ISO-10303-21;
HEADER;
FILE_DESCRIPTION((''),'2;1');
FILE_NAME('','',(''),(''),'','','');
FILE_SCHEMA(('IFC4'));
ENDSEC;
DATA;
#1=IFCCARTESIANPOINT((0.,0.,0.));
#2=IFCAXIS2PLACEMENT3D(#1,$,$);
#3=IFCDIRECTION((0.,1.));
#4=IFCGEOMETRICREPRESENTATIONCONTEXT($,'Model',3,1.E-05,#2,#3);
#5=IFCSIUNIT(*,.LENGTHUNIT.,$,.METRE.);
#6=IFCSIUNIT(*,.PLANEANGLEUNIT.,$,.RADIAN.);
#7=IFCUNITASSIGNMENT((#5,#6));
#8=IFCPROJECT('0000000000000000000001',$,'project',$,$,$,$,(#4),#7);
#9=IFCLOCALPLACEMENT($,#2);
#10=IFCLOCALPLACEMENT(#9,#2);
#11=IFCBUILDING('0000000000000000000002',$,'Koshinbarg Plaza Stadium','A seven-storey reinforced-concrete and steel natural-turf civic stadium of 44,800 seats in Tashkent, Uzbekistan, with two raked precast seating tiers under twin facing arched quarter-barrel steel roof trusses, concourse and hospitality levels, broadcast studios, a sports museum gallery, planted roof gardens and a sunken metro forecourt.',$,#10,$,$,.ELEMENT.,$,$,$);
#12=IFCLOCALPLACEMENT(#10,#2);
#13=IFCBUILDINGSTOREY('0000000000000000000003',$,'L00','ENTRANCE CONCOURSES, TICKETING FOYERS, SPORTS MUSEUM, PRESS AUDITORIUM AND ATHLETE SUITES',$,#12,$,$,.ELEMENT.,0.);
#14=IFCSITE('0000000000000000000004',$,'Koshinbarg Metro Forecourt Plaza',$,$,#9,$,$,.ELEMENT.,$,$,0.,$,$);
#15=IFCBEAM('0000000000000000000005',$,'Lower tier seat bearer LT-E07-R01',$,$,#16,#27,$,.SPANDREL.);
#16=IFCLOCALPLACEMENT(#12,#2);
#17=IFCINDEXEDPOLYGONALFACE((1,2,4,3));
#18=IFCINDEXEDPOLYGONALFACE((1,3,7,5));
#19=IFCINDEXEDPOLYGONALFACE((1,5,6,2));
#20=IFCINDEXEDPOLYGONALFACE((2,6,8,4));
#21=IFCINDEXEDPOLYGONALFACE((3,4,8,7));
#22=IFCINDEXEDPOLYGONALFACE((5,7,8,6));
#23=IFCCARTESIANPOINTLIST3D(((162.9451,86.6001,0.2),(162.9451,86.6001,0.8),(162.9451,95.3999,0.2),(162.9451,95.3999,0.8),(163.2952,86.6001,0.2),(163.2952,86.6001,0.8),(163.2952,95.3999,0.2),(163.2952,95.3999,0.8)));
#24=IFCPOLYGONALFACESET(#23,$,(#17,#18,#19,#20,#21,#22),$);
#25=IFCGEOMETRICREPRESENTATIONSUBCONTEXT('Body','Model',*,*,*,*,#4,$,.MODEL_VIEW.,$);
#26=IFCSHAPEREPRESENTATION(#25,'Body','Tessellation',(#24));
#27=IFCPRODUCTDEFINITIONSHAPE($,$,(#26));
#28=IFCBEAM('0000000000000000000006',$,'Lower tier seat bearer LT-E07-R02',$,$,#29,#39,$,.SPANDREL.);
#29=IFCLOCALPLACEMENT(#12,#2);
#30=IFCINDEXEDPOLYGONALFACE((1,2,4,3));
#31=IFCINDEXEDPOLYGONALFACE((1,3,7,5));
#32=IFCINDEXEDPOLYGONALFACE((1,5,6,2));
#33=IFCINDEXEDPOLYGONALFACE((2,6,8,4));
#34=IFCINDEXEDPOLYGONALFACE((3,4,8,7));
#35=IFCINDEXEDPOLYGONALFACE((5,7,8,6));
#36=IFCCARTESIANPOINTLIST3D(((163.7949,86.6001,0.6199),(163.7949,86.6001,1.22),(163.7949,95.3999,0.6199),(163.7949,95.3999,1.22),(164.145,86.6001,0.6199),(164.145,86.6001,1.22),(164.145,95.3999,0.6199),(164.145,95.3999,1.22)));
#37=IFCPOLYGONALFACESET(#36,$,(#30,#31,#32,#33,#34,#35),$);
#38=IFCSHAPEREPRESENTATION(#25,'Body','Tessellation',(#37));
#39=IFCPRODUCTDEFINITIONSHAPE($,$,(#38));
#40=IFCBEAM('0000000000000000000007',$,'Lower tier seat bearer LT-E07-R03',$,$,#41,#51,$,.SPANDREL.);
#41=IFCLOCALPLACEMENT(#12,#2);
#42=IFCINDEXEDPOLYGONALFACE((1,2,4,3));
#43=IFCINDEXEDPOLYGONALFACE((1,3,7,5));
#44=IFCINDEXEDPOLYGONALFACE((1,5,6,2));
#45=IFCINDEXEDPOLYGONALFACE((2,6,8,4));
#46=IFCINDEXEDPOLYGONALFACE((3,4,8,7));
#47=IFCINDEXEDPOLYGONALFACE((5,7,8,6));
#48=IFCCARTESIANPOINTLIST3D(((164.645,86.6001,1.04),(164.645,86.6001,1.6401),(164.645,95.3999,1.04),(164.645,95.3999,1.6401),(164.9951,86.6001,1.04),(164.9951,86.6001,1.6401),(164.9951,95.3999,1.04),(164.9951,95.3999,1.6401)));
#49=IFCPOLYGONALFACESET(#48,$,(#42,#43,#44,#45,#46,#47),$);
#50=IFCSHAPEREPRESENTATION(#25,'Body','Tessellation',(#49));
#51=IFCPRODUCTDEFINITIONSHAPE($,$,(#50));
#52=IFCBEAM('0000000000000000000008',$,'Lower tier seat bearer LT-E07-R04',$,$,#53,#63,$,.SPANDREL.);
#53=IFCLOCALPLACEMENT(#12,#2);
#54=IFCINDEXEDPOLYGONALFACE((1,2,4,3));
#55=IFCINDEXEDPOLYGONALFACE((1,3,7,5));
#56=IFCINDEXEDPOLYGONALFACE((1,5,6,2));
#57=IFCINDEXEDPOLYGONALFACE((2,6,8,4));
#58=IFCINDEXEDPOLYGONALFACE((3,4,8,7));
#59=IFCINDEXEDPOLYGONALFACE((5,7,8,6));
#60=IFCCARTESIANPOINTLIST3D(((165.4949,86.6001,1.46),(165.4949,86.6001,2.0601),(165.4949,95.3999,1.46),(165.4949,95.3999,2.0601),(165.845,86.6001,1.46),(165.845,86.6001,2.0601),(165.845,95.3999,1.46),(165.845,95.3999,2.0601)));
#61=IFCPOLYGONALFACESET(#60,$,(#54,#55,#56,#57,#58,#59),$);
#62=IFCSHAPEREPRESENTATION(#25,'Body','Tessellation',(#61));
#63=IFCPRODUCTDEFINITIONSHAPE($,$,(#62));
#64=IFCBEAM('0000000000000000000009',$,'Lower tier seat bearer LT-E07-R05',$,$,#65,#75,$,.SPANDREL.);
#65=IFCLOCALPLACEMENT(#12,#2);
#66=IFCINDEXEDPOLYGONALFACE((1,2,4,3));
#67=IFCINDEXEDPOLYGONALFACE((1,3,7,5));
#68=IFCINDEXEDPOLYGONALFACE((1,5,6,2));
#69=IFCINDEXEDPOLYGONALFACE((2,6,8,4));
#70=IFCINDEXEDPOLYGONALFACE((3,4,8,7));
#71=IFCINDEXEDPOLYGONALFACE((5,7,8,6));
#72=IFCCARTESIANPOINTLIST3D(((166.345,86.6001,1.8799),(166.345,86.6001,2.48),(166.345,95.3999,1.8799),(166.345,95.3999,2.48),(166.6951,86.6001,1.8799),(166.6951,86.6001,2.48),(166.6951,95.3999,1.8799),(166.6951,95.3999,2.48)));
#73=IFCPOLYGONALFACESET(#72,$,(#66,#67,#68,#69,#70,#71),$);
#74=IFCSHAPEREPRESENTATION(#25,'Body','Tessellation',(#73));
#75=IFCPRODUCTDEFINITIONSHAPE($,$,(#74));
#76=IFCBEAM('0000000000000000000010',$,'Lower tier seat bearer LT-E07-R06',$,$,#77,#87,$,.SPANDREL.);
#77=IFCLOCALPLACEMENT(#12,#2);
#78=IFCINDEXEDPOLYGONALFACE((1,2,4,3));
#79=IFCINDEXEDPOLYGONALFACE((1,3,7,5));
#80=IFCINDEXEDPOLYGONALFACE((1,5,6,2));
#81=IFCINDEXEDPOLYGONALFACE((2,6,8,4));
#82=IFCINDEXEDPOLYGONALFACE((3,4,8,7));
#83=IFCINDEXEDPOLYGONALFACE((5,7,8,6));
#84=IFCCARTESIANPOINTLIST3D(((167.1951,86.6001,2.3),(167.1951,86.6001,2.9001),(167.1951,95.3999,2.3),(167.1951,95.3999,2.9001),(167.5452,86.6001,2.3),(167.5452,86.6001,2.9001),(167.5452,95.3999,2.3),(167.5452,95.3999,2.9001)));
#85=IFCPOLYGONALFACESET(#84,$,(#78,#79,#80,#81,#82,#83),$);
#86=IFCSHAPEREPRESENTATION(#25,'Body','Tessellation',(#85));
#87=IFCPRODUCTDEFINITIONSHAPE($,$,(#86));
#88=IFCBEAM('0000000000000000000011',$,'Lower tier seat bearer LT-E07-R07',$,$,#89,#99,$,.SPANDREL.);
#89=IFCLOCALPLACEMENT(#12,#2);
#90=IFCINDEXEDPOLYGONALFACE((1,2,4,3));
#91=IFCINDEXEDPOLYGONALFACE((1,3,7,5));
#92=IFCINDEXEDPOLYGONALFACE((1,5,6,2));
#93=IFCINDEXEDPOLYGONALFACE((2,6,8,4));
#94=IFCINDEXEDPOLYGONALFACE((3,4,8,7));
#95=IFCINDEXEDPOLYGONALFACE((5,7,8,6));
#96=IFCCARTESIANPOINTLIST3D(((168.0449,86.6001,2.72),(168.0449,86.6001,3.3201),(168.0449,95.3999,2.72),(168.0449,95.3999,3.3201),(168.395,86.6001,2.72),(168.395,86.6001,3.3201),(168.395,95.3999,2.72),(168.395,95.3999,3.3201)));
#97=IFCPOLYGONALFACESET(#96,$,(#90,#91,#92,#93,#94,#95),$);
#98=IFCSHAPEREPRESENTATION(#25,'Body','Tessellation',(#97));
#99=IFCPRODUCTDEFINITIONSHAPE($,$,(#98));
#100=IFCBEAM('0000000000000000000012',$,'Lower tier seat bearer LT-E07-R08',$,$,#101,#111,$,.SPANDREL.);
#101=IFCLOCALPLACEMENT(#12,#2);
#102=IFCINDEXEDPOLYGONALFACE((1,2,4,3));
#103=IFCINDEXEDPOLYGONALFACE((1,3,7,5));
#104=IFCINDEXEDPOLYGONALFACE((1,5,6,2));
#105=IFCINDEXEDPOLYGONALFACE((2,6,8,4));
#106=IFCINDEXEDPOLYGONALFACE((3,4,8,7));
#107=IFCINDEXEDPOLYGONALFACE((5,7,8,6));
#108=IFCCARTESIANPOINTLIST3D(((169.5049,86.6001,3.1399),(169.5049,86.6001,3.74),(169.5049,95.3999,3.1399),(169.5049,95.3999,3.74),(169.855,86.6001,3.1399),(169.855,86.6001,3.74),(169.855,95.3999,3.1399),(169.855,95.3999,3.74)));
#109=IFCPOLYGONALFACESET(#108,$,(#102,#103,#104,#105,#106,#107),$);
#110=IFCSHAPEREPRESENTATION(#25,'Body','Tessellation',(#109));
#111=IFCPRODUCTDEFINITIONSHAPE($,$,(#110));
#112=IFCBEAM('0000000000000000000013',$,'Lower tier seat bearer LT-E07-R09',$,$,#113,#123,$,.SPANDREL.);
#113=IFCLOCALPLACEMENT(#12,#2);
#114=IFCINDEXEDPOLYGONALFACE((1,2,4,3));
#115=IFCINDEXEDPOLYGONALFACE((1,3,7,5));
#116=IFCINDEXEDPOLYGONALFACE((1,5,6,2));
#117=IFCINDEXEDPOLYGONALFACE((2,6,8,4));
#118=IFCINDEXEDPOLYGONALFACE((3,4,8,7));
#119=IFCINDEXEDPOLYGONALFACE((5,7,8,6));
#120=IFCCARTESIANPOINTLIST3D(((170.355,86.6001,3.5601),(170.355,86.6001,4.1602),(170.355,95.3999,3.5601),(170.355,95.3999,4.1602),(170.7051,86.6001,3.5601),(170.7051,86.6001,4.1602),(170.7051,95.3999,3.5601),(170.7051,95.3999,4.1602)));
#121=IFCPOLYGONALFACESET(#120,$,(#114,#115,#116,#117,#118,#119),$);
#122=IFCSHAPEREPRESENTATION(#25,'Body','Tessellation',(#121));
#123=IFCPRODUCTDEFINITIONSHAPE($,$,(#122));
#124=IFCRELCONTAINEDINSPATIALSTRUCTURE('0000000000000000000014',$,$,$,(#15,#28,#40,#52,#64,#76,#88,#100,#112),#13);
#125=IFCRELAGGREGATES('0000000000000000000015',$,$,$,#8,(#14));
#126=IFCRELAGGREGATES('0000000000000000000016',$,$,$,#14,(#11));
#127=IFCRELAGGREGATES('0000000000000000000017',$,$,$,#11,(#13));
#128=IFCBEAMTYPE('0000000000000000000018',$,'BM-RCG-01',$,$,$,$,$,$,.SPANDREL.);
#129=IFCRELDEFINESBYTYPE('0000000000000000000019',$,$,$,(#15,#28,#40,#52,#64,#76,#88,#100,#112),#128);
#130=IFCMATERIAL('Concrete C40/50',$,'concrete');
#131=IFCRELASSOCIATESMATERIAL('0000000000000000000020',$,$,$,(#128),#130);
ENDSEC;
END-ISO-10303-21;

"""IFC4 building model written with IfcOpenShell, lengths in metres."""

from ifc_helpers import new_model, si_unit, direction, frame, origin, origin_2d, place, context, subcontext, project, spatial, rectangle, extrude, material, material_profile, profile_set, type_object, element, save


model = new_model("IFC4")

# Units and contexts
model_context = context("Model", 3, precision=1e-05, world=origin(), true_north=direction((0.0, 1.0)))
body_context = subcontext(model_context, "Body", "Model", "MODEL_VIEW")
ifc_project = project(units=[si_unit("LENGTHUNIT", "METRE"), si_unit("PLANEANGLEUNIT", "RADIAN")], contexts=[model_context])

# Site, building, storey
site_placement = place(None, origin())
site = spatial("IfcSite", under=ifc_project, at=site_placement, Name="Koshinbarg Metro Forecourt Plaza", CompositionType="ELEMENT", RefElevation=0.0)
building_placement = place(site_placement, origin())
building = spatial("IfcBuilding", under=site, at=building_placement, Name="Koshinbarg Plaza Stadium", Description="A seven-storey reinforced-concrete and steel natural-turf civic stadium of 44,800 seats in Tashkent, Uzbekistan, with two raked precast seating tiers under twin facing arched quarter-barrel steel roof trusses, concourse and hospitality levels, broadcast studios, a sports museum gallery, planted roof gardens and a sunken metro forecourt.", CompositionType="ELEMENT")
storey_placement = place(building_placement, origin())
storey = spatial("IfcBuildingStorey", under=building, at=storey_placement, Name="L00", Description="ENTRANCE CONCOURSES, TICKETING FOYERS, SPORTS MUSEUM, PRESS AUDITORIUM AND ATHLETE SUITES", CompositionType="ELEMENT", Elevation=0.0)

# Shared definitions
ifc_material_1 = material(Name="Concrete C40/50", Category="concrete")

# Beams
ifc_material_profile_1 = material_profile(ifc_material_1, rectangle(XDim=0.3501, YDim=0.6001, at=origin_2d()), Name="RC 350x600")
ifc_profile_set_1 = profile_set([ifc_material_profile_1], Name="Concrete C40/50")
beam_type = type_object("IfcBeamType", Name="BM-RCG-01", PredefinedType="SPANDREL", material=ifc_profile_set_1)
for number, where, z_axis, x_axis, name in (
    (1, (163.1201, 86.6001, 0.5), (0.0, 1.0, 0.0), (-1.0, 0.0, 0.0), "Lower tier seat bearer LT-E07-R01"),
    (2, (163.97, 86.6001, 0.9199), (0.0, 1.0, 0.0), (-1.0, 0.0, 0.0), "Lower tier seat bearer LT-E07-R02"),
    (3, (164.8201, 86.6001, 1.3401), (0.0, 1.0, 0.0), (-1.0, 0.0, 0.0), "Lower tier seat bearer LT-E07-R03"),
    (4, (165.6699, 86.6001, 1.76), (0.0, 1.0, 0.0), (-1.0, 0.0, 0.0), "Lower tier seat bearer LT-E07-R04"),
    (5, (166.52, 86.6001, 2.1799), (0.0, 1.0, 0.0), (-1.0, 0.0, 0.0), "Lower tier seat bearer LT-E07-R05"),
    (6, (167.3701, 86.6001, 2.6001), (0.0, 1.0, 0.0), (-1.0, 0.0, 0.0), "Lower tier seat bearer LT-E07-R06"),
    (7, (168.22, 86.6001, 3.02), (0.0, 1.0, 0.0), (-1.0, 0.0, 0.0), "Lower tier seat bearer LT-E07-R07"),
    (8, (169.6799, 86.6001, 3.4399), (0.0, 1.0, 0.0), (-1.0, 0.0, 0.0), "Lower tier seat bearer LT-E07-R08"),
    (9, (170.53, 86.6001, 3.8601), (0.0, 1.0, 0.0), (-1.0, 0.0, 0.0), "Lower tier seat bearer LT-E07-R09"),
):
    element("IfcBeam", number, at=place(storey_placement, frame(where, z_axis=z_axis, x_axis=x_axis)), inside=storey, type_object=beam_type, Name=name, PredefinedType="SPANDREL", context=body_context, shape_type="SweptSolid", body=[
        extrude(rectangle(XDim=0.3501, YDim=0.6001, at=origin_2d()), origin(), (0.0, 0.0, 1.0), 8.7998),
    ])

save(model, "model.ifc")
